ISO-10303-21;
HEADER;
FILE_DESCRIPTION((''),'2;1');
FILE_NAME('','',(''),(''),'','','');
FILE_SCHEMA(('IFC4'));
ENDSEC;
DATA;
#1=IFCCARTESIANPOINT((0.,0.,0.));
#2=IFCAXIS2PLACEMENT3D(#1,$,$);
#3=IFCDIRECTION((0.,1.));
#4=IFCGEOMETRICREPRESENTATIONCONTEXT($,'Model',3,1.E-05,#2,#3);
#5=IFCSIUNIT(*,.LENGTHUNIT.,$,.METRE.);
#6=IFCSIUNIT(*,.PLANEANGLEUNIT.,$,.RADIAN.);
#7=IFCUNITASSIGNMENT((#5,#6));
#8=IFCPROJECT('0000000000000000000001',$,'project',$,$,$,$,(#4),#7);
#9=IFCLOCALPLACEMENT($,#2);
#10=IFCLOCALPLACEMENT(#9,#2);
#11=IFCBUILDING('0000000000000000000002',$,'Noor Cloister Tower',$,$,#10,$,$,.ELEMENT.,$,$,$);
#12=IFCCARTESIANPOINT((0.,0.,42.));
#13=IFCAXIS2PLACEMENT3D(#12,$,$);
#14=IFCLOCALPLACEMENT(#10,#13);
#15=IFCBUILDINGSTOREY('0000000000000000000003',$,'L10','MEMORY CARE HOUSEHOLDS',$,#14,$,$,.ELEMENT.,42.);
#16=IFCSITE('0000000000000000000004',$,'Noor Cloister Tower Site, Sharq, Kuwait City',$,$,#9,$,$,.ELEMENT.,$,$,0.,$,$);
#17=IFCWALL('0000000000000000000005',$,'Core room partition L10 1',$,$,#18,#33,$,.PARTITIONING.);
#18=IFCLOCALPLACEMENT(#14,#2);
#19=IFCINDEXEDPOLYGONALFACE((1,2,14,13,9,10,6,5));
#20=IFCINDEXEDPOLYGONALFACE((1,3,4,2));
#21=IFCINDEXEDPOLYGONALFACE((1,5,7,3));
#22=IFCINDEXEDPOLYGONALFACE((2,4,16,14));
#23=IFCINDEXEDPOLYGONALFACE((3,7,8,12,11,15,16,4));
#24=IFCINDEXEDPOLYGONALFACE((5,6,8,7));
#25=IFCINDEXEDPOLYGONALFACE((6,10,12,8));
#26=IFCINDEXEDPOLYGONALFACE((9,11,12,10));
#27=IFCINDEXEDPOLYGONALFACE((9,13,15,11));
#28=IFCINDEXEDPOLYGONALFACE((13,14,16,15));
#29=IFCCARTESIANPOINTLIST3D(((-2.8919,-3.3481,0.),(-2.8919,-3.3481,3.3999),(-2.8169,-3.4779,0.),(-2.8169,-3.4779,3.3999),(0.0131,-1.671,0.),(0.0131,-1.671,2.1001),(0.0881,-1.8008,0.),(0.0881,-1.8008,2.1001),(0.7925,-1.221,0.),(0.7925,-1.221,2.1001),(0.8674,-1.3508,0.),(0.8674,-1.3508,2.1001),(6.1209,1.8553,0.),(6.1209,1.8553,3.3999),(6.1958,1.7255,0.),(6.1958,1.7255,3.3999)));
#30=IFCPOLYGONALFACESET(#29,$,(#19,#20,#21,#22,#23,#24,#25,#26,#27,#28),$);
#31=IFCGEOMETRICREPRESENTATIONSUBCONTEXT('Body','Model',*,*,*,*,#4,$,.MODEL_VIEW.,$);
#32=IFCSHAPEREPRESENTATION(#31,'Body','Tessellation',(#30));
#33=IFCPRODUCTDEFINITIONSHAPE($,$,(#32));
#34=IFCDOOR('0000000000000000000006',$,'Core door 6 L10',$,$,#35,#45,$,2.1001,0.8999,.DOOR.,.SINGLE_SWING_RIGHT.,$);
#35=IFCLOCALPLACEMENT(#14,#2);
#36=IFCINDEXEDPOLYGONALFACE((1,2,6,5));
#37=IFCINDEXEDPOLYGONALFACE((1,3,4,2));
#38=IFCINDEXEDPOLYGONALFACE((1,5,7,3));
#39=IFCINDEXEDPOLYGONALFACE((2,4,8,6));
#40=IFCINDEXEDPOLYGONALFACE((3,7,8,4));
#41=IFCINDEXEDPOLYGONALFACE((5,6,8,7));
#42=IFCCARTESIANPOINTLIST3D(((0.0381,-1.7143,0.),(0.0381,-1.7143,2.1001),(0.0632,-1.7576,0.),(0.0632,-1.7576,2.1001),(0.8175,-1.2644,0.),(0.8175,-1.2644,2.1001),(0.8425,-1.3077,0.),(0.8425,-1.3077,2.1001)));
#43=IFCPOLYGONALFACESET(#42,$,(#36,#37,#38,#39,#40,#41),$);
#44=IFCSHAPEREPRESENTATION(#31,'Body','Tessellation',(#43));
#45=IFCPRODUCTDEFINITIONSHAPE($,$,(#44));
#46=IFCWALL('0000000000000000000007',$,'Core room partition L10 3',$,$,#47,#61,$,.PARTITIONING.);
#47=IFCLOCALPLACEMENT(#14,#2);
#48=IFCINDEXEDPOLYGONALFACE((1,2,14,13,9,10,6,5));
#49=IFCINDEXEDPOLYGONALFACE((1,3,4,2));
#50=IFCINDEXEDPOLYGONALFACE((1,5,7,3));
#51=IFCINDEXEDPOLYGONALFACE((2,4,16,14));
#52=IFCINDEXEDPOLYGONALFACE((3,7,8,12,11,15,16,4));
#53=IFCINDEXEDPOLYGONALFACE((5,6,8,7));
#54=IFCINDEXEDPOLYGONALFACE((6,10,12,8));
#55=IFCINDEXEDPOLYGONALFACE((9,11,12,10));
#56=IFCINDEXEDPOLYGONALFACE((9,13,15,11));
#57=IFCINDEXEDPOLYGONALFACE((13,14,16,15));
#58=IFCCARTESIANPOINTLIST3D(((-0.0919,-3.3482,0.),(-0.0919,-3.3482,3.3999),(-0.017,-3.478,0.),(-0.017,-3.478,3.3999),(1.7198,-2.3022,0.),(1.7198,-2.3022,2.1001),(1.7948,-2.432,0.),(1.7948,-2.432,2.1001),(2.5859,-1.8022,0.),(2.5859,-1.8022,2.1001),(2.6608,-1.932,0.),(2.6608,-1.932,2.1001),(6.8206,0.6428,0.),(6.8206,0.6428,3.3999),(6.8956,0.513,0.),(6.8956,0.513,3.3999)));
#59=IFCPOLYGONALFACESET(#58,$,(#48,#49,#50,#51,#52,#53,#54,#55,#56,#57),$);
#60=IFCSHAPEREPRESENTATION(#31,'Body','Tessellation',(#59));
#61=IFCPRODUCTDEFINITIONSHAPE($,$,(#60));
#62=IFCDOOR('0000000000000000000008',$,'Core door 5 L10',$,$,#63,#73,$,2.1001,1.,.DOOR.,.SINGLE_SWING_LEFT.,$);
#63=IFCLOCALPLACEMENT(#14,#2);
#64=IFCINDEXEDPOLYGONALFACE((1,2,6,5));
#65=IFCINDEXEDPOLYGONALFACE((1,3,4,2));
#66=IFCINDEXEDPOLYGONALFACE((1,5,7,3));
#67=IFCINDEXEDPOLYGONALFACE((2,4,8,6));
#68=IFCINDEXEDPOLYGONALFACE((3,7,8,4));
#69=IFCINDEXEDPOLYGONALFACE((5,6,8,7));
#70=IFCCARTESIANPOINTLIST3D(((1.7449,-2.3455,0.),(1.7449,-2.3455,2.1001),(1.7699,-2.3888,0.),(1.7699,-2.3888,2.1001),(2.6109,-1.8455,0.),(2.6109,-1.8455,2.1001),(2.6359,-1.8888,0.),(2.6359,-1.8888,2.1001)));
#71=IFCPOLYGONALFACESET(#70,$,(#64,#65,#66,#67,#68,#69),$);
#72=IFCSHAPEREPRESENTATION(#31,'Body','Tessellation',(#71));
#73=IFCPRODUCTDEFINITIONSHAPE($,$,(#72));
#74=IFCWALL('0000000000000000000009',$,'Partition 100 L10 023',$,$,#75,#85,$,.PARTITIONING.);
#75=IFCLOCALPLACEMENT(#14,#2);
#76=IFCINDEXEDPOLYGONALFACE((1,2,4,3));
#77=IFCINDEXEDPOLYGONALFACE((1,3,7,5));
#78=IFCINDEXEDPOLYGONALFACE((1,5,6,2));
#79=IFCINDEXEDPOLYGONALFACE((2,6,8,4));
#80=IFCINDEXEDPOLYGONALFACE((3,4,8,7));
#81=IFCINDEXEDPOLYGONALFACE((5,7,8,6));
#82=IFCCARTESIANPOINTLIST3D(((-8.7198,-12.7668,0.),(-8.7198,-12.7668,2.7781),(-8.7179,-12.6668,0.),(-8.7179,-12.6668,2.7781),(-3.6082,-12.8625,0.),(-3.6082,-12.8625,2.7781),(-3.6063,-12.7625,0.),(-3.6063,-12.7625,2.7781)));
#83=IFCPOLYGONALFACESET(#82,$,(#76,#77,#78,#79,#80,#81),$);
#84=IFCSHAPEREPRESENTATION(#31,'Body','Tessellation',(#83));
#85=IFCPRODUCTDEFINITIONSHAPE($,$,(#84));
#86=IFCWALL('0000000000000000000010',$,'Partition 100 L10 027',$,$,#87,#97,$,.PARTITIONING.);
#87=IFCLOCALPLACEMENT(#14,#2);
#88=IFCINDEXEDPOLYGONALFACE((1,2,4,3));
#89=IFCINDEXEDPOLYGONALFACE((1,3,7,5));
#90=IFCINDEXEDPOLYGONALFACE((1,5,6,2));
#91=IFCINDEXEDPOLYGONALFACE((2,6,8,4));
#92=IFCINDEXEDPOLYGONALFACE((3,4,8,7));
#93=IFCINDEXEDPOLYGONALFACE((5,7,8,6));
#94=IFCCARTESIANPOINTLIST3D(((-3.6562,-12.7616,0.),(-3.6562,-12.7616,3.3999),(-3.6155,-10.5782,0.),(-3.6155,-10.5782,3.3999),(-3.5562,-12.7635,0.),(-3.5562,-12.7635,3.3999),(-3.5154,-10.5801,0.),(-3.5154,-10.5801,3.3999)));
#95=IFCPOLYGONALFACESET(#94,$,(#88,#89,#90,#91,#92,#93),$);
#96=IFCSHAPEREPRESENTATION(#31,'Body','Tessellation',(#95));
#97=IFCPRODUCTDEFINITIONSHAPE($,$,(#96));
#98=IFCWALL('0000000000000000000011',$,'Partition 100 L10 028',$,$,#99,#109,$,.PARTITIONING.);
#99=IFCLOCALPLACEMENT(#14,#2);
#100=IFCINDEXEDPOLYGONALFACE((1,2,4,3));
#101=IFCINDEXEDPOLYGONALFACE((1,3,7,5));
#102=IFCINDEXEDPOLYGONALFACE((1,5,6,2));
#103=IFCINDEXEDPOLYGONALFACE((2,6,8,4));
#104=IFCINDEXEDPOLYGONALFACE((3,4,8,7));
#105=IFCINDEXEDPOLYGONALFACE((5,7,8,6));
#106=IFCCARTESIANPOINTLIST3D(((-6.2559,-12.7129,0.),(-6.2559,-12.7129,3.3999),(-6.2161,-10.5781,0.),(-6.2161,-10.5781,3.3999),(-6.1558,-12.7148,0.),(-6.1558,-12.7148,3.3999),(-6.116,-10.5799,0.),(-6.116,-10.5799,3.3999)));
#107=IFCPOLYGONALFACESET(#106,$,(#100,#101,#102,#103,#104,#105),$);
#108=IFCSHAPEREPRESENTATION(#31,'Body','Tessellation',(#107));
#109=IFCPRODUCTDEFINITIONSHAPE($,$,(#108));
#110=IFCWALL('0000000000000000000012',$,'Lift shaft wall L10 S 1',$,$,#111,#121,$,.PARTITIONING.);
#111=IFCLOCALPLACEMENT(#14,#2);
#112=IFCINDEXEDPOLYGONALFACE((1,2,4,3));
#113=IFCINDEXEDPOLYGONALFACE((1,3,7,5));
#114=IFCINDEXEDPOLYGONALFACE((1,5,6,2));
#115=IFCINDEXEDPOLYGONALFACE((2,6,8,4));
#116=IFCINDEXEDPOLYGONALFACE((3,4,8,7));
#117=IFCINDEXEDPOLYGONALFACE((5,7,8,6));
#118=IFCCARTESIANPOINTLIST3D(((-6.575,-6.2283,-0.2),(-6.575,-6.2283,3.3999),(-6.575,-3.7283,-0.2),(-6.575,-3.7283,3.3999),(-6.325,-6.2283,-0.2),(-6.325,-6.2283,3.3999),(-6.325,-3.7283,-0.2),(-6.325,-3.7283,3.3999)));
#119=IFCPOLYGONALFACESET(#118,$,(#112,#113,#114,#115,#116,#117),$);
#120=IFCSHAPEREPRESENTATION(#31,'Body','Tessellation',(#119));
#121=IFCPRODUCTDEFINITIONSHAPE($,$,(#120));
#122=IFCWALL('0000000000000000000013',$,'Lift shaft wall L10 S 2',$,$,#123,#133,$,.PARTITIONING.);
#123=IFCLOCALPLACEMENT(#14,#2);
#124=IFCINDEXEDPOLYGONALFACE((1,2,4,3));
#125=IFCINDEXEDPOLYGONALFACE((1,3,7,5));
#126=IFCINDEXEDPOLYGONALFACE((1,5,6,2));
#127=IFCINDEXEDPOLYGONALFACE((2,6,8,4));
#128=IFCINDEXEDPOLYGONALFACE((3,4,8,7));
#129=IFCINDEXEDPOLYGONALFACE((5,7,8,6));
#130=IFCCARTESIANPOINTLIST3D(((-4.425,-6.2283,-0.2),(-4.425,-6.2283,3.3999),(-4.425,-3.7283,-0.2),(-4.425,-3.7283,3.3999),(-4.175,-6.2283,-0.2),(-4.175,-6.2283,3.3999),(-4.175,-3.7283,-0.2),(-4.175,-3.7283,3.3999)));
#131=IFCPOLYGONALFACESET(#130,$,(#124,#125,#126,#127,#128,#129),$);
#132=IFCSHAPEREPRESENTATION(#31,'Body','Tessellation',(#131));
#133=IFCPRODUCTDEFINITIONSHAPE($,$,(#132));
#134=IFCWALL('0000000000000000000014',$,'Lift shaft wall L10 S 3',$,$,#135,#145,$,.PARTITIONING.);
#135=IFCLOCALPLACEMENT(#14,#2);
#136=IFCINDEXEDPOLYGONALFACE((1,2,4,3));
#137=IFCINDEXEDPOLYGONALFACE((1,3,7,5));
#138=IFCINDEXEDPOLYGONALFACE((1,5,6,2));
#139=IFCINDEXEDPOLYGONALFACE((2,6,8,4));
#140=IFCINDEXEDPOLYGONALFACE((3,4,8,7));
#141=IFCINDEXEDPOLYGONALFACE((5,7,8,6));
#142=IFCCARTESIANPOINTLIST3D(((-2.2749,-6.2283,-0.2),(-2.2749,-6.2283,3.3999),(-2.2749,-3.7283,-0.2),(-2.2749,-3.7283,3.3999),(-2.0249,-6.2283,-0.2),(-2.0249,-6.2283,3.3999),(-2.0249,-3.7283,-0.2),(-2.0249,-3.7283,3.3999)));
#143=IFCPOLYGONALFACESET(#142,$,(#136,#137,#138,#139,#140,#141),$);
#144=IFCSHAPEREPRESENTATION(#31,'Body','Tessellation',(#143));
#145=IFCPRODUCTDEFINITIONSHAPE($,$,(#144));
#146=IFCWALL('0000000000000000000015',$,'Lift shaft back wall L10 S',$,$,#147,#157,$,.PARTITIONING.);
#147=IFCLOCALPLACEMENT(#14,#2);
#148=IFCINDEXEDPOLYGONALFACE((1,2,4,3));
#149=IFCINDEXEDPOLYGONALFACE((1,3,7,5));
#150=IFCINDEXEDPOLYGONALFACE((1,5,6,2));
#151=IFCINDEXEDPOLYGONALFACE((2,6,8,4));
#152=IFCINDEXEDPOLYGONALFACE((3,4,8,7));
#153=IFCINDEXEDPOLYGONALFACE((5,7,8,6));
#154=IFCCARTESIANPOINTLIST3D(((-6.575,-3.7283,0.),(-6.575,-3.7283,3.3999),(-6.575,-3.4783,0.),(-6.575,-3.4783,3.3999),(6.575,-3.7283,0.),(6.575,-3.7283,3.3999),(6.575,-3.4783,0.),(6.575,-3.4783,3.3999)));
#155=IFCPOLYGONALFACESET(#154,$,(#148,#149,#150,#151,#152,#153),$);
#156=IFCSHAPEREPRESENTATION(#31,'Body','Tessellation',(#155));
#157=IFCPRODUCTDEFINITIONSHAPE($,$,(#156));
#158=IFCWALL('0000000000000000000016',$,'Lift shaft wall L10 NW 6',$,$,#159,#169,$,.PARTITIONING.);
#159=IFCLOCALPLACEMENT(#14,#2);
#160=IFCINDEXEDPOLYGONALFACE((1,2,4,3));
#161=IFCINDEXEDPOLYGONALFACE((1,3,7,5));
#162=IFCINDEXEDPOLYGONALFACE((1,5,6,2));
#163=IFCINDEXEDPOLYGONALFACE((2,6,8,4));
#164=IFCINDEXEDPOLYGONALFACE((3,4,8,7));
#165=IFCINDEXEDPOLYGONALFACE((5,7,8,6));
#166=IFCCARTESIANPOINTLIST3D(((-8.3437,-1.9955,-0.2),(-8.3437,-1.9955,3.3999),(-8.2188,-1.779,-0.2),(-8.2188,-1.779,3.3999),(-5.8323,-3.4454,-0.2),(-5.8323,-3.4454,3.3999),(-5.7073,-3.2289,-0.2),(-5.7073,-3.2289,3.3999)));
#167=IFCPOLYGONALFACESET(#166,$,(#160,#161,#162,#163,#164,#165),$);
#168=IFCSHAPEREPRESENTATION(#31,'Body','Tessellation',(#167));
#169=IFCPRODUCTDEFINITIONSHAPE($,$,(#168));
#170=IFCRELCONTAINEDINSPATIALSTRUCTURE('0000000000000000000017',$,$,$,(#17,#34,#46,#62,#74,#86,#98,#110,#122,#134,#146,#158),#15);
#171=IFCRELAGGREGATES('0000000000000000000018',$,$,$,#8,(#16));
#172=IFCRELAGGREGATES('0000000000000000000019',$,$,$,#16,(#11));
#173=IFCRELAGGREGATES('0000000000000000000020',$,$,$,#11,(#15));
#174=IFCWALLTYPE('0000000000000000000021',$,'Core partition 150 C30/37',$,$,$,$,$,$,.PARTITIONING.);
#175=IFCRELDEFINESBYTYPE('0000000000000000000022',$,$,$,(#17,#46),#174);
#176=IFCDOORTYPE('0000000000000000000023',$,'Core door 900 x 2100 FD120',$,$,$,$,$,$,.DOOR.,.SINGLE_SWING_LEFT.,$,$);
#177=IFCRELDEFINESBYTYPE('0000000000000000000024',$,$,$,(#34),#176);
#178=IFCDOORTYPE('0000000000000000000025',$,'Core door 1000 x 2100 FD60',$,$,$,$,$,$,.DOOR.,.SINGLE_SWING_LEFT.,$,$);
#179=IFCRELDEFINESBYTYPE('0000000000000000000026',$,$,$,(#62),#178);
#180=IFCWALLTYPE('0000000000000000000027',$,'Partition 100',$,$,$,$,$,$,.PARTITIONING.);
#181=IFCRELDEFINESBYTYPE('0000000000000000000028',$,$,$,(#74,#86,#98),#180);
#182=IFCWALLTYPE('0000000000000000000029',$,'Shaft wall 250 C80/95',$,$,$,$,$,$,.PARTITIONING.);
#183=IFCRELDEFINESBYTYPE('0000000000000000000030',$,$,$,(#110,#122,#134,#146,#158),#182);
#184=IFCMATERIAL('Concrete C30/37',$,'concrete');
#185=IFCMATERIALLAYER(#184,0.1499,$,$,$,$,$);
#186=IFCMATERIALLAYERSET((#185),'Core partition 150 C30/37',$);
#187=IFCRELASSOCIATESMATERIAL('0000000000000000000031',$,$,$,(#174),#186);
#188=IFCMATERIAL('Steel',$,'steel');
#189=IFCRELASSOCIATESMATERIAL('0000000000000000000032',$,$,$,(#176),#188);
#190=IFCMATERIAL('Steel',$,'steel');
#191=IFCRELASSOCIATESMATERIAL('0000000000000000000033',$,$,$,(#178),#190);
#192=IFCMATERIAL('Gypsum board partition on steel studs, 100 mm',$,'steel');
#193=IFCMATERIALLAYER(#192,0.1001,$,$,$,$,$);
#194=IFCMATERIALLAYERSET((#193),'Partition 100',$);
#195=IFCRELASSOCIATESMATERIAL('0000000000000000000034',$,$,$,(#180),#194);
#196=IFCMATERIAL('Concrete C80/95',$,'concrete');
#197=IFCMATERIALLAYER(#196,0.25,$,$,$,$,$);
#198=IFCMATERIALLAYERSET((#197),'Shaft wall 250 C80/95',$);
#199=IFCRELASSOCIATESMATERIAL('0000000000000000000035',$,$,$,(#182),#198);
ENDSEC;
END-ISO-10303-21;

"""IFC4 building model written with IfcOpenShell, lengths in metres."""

from ifc_helpers import new_model, si_unit, direction, frame, frame_2d, origin, place, context, subcontext, project, spatial, rectangle, extrude, material, layer, layer_set, type_object, element, fill, save


model = new_model("IFC4")

# Units and contexts
model_context = context("Model", 3, precision=1e-05, world=origin(), true_north=direction((0.0, 1.0)))
body_context = subcontext(model_context, "Body", "Model", "MODEL_VIEW")
ifc_project = project(units=[si_unit("LENGTHUNIT", "METRE"), si_unit("PLANEANGLEUNIT", "RADIAN")], contexts=[model_context])

# Site, building, storey
site_placement = place(None, origin())
site = spatial("IfcSite", under=ifc_project, at=site_placement, Name="Noor Cloister Tower Site, Sharq, Kuwait City", CompositionType="ELEMENT", RefElevation=0.0)
building_placement = place(site_placement, origin())
building = spatial("IfcBuilding", under=site, at=building_placement, Name="Noor Cloister Tower", CompositionType="ELEMENT")
storey_placement = place(building_placement, frame((0.0, 0.0, 42.0)))
storey = spatial("IfcBuildingStorey", under=building, at=storey_placement, Name="L10", Description="MEMORY CARE HOUSEHOLDS", CompositionType="ELEMENT", Elevation=42.0)

# Walls, openings, doors
ifc_material_1 = material(Name="Concrete C30/37", Category="concrete")
ifc_layer_1 = layer(ifc_material_1, 0.1499)
ifc_layer_set_1 = layer_set([ifc_layer_1], Name="Core partition 150 C30/37")
wall_type_1 = type_object("IfcWallType", Name="Core partition 150 C30/37", PredefinedType="PARTITIONING", material=ifc_layer_set_1)
wall_1_placement = place(storey_placement, frame((-2.8545, -3.4131, 0.0), z_axis=(0.0, 0.0, 1.0), x_axis=(0.86603, 0.499992, 0.0)))
wall_1 = element("IfcWall", 1, at=wall_1_placement, inside=storey, type_object=wall_type_1, Name="Core room partition L10 1", PredefinedType="PARTITIONING", context=body_context, shape_type="SweptSolid", body=[
    extrude(rectangle(XDim=10.407, YDim=0.1499, at=frame_2d((5.2036, 0.0))), origin(), (0.0, 0.0, 1.0), 3.3999),
])
opening_1_placement = place(wall_1_placement, frame((3.3545, 0.0, 0.0)))
opening_1 = element("IfcOpeningElement", 2, at=opening_1_placement, cuts=wall_1, PredefinedType="OPENING", context=body_context, shape_type="SweptSolid", body=[
    extrude(rectangle(XDim=0.8999, YDim=2.1001, at=frame_2d((0.45, 1.05))), frame((0.0, 0.085, 0.0), z_axis=(0.0, -1.0, 0.0), x_axis=(1.0, 0.0, 0.0)), (0.0, 0.0, 1.0), 0.1699),
])
ifc_material_2 = material(Name="Steel", Category="steel")
door_type_1 = type_object("IfcDoorType", Name="Core door 900 x 2100 FD120", OperationType="SINGLE_SWING_LEFT", PredefinedType="DOOR", material=ifc_material_2)
door_1_placement = place(opening_1_placement, origin())
door_1 = element("IfcDoor", 3, at=door_1_placement, inside=storey, type_object=door_type_1, Name="Core door 6 L10", OperationType="SINGLE_SWING_RIGHT", OverallHeight=2.1001, OverallWidth=0.8999, PredefinedType="DOOR", context=body_context, shape_type="SweptSolid", body=[
    extrude(rectangle(XDim=0.8999, YDim=2.1001, at=frame_2d((0.45, 1.05))), frame((0.0, 0.0249, 0.0), z_axis=(0.0, -1.0, 0.0), x_axis=(1.0, 0.0, 0.0)), (0.0, 0.0, 1.0), 0.05),
])
fill(opening_1, door_1)
wall_2_placement = place(storey_placement, frame((-0.0544, -3.4131, 0.0), z_axis=(0.0, 0.0, 1.0), x_axis=(0.866027, 0.499998, 0.0)))
wall_2 = element("IfcWall", 4, at=wall_2_placement, inside=storey, type_object=wall_type_1, Name="Core room partition L10 3", PredefinedType="PARTITIONING", context=body_context, shape_type="SweptSolid", body=[
    extrude(rectangle(XDim=7.9819, YDim=0.1499, at=frame_2d((3.991, 0.0))), origin(), (0.0, 0.0, 1.0), 3.3999),
])
opening_2_placement = place(wall_2_placement, frame((2.092, 0.0, 0.0)))
opening_2 = element("IfcOpeningElement", 5, at=opening_2_placement, cuts=wall_2, PredefinedType="OPENING", context=body_context, shape_type="SweptSolid", body=[
    extrude(rectangle(XDim=1.0, YDim=2.1001, at=frame_2d((0.5, 1.05))), frame((0.0, 0.085, 0.0), z_axis=(0.0, -1.0, 0.0), x_axis=(1.0, 0.0, 0.0)), (0.0, 0.0, 1.0), 0.1699),
])
ifc_material_3 = material(Name="Steel", Category="steel")
door_type_2 = type_object("IfcDoorType", Name="Core door 1000 x 2100 FD60", OperationType="SINGLE_SWING_LEFT", PredefinedType="DOOR", material=ifc_material_3)
door_2_placement = place(opening_2_placement, origin())
door_2 = element("IfcDoor", 6, at=door_2_placement, inside=storey, type_object=door_type_2, Name="Core door 5 L10", OperationType="SINGLE_SWING_LEFT", OverallHeight=2.1001, OverallWidth=1.0, PredefinedType="DOOR", context=body_context, shape_type="SweptSolid", body=[
    extrude(rectangle(XDim=1.0, YDim=2.1001, at=frame_2d((0.5, 1.05))), frame((0.0, 0.0249, 0.0), z_axis=(0.0, -1.0, 0.0), x_axis=(1.0, 0.0, 0.0)), (0.0, 0.0, 1.0), 0.05),
])
fill(opening_2, door_2)

# Walls
ifc_material_4 = material(Name="Gypsum board partition on steel studs, 100 mm", Category="steel")
ifc_layer_2 = layer(ifc_material_4, 0.1001)
ifc_layer_set_2 = layer_set([ifc_layer_2], Name="Partition 100")
wall_type_2 = type_object("IfcWallType", Name="Partition 100", PredefinedType="PARTITIONING", material=ifc_layer_set_2)
wall_3_placement = place(storey_placement, frame((-8.7188, -12.7168, 0.0), z_axis=(0.0, 0.0, 1.0), x_axis=(0.999825, -0.01872, 0.0)))
element("IfcWall", 7, at=wall_3_placement, inside=storey, type_object=wall_type_2, Name="Partition 100 L10 023", PredefinedType="PARTITIONING", context=body_context, shape_type="SweptSolid", body=[
    extrude(rectangle(XDim=5.1125, YDim=0.1001, at=frame_2d((2.5562, 0.0))), origin(), (0.0, 0.0, 1.0), 2.7781),
])
wall_4_placement = place(storey_placement, frame((-3.6062, -12.7625, 0.0), z_axis=(0.0, 0.0, 1.0), x_axis=(0.018671, 0.999826, 0.0)))
element("IfcWall", 8, at=wall_4_placement, inside=storey, type_object=wall_type_2, Name="Partition 100 L10 027", PredefinedType="PARTITIONING", context=body_context, shape_type="SweptSolid", body=[
    extrude(rectangle(XDim=2.1838, YDim=0.1001, at=frame_2d((1.0918, 0.0))), origin(), (0.0, 0.0, 1.0), 3.3999),
])
wall_5_placement = place(storey_placement, frame((-6.2058, -12.7139, 0.0), z_axis=(0.0, 0.0, 1.0), x_axis=(0.018638, 0.999826, 0.0)))
element("IfcWall", 9, at=wall_5_placement, inside=storey, type_object=wall_type_2, Name="Partition 100 L10 028", PredefinedType="PARTITIONING", context=body_context, shape_type="SweptSolid", body=[
    extrude(rectangle(XDim=2.1353, YDim=0.1001, at=frame_2d((1.0676, 0.0))), origin(), (0.0, 0.0, 1.0), 3.3999),
])
ifc_material_5 = material(Name="Concrete C80/95", Category="concrete")
ifc_layer_3 = layer(ifc_material_5, 0.25)
ifc_layer_set_3 = layer_set([ifc_layer_3], Name="Shaft wall 250 C80/95")
wall_type_3 = type_object("IfcWallType", Name="Shaft wall 250 C80/95", PredefinedType="PARTITIONING", material=ifc_layer_set_3)
for number, where, z_axis, x_axis, name in (
    (10, (-6.45, -6.2283, -0.2), (0.0, 0.0, 1.0), (0.0, 1.0, 0.0), "Lift shaft wall L10 S 1"),
    (11, (-4.3, -6.2283, -0.2), (0.0, 0.0, 1.0), (0.0, 1.0, 0.0), "Lift shaft wall L10 S 2"),
    (12, (-2.1499, -6.2283, -0.2), (0.0, 0.0, 1.0), (0.0, 1.0, 0.0), "Lift shaft wall L10 S 3"),
):
    element("IfcWall", number, at=place(storey_placement, frame(where, z_axis=z_axis, x_axis=x_axis)), inside=storey, type_object=wall_type_3, Name=name, PredefinedType="PARTITIONING", context=body_context, shape_type="SweptSolid", body=[
        extrude(rectangle(XDim=2.5, YDim=0.25, at=frame_2d((1.25, 0.0))), origin(), (0.0, 0.0, 1.0), 3.5999),
    ])
wall_6_placement = place(storey_placement, frame((-6.575, -3.6033, 0.0), z_axis=(0.0, 0.0, 1.0), x_axis=(1.0, 0.0, 0.0)))
element("IfcWall", 13, at=wall_6_placement, inside=storey, type_object=wall_type_3, Name="Lift shaft back wall L10 S", PredefinedType="PARTITIONING", context=body_context, shape_type="SweptSolid", body=[
    extrude(rectangle(XDim=13.1499, YDim=0.25, at=frame_2d((6.575, 0.0))), origin(), (0.0, 0.0, 1.0), 3.3999),
])
wall_7_placement = place(storey_placement, frame((-8.2812, -1.8872, -0.2), z_axis=(0.0, 0.0, 1.0), x_axis=(0.866033, -0.499987, 0.0)))
element("IfcWall", 14, at=wall_7_placement, inside=storey, type_object=wall_type_3, Name="Lift shaft wall L10 NW 6", PredefinedType="PARTITIONING", context=body_context, shape_type="SweptSolid", body=[
    extrude(rectangle(XDim=2.8999, YDim=0.25, at=frame_2d((1.45, 0.0))), origin(), (0.0, 0.0, 1.0), 3.5999),
])

save(model, "model.ifc")
